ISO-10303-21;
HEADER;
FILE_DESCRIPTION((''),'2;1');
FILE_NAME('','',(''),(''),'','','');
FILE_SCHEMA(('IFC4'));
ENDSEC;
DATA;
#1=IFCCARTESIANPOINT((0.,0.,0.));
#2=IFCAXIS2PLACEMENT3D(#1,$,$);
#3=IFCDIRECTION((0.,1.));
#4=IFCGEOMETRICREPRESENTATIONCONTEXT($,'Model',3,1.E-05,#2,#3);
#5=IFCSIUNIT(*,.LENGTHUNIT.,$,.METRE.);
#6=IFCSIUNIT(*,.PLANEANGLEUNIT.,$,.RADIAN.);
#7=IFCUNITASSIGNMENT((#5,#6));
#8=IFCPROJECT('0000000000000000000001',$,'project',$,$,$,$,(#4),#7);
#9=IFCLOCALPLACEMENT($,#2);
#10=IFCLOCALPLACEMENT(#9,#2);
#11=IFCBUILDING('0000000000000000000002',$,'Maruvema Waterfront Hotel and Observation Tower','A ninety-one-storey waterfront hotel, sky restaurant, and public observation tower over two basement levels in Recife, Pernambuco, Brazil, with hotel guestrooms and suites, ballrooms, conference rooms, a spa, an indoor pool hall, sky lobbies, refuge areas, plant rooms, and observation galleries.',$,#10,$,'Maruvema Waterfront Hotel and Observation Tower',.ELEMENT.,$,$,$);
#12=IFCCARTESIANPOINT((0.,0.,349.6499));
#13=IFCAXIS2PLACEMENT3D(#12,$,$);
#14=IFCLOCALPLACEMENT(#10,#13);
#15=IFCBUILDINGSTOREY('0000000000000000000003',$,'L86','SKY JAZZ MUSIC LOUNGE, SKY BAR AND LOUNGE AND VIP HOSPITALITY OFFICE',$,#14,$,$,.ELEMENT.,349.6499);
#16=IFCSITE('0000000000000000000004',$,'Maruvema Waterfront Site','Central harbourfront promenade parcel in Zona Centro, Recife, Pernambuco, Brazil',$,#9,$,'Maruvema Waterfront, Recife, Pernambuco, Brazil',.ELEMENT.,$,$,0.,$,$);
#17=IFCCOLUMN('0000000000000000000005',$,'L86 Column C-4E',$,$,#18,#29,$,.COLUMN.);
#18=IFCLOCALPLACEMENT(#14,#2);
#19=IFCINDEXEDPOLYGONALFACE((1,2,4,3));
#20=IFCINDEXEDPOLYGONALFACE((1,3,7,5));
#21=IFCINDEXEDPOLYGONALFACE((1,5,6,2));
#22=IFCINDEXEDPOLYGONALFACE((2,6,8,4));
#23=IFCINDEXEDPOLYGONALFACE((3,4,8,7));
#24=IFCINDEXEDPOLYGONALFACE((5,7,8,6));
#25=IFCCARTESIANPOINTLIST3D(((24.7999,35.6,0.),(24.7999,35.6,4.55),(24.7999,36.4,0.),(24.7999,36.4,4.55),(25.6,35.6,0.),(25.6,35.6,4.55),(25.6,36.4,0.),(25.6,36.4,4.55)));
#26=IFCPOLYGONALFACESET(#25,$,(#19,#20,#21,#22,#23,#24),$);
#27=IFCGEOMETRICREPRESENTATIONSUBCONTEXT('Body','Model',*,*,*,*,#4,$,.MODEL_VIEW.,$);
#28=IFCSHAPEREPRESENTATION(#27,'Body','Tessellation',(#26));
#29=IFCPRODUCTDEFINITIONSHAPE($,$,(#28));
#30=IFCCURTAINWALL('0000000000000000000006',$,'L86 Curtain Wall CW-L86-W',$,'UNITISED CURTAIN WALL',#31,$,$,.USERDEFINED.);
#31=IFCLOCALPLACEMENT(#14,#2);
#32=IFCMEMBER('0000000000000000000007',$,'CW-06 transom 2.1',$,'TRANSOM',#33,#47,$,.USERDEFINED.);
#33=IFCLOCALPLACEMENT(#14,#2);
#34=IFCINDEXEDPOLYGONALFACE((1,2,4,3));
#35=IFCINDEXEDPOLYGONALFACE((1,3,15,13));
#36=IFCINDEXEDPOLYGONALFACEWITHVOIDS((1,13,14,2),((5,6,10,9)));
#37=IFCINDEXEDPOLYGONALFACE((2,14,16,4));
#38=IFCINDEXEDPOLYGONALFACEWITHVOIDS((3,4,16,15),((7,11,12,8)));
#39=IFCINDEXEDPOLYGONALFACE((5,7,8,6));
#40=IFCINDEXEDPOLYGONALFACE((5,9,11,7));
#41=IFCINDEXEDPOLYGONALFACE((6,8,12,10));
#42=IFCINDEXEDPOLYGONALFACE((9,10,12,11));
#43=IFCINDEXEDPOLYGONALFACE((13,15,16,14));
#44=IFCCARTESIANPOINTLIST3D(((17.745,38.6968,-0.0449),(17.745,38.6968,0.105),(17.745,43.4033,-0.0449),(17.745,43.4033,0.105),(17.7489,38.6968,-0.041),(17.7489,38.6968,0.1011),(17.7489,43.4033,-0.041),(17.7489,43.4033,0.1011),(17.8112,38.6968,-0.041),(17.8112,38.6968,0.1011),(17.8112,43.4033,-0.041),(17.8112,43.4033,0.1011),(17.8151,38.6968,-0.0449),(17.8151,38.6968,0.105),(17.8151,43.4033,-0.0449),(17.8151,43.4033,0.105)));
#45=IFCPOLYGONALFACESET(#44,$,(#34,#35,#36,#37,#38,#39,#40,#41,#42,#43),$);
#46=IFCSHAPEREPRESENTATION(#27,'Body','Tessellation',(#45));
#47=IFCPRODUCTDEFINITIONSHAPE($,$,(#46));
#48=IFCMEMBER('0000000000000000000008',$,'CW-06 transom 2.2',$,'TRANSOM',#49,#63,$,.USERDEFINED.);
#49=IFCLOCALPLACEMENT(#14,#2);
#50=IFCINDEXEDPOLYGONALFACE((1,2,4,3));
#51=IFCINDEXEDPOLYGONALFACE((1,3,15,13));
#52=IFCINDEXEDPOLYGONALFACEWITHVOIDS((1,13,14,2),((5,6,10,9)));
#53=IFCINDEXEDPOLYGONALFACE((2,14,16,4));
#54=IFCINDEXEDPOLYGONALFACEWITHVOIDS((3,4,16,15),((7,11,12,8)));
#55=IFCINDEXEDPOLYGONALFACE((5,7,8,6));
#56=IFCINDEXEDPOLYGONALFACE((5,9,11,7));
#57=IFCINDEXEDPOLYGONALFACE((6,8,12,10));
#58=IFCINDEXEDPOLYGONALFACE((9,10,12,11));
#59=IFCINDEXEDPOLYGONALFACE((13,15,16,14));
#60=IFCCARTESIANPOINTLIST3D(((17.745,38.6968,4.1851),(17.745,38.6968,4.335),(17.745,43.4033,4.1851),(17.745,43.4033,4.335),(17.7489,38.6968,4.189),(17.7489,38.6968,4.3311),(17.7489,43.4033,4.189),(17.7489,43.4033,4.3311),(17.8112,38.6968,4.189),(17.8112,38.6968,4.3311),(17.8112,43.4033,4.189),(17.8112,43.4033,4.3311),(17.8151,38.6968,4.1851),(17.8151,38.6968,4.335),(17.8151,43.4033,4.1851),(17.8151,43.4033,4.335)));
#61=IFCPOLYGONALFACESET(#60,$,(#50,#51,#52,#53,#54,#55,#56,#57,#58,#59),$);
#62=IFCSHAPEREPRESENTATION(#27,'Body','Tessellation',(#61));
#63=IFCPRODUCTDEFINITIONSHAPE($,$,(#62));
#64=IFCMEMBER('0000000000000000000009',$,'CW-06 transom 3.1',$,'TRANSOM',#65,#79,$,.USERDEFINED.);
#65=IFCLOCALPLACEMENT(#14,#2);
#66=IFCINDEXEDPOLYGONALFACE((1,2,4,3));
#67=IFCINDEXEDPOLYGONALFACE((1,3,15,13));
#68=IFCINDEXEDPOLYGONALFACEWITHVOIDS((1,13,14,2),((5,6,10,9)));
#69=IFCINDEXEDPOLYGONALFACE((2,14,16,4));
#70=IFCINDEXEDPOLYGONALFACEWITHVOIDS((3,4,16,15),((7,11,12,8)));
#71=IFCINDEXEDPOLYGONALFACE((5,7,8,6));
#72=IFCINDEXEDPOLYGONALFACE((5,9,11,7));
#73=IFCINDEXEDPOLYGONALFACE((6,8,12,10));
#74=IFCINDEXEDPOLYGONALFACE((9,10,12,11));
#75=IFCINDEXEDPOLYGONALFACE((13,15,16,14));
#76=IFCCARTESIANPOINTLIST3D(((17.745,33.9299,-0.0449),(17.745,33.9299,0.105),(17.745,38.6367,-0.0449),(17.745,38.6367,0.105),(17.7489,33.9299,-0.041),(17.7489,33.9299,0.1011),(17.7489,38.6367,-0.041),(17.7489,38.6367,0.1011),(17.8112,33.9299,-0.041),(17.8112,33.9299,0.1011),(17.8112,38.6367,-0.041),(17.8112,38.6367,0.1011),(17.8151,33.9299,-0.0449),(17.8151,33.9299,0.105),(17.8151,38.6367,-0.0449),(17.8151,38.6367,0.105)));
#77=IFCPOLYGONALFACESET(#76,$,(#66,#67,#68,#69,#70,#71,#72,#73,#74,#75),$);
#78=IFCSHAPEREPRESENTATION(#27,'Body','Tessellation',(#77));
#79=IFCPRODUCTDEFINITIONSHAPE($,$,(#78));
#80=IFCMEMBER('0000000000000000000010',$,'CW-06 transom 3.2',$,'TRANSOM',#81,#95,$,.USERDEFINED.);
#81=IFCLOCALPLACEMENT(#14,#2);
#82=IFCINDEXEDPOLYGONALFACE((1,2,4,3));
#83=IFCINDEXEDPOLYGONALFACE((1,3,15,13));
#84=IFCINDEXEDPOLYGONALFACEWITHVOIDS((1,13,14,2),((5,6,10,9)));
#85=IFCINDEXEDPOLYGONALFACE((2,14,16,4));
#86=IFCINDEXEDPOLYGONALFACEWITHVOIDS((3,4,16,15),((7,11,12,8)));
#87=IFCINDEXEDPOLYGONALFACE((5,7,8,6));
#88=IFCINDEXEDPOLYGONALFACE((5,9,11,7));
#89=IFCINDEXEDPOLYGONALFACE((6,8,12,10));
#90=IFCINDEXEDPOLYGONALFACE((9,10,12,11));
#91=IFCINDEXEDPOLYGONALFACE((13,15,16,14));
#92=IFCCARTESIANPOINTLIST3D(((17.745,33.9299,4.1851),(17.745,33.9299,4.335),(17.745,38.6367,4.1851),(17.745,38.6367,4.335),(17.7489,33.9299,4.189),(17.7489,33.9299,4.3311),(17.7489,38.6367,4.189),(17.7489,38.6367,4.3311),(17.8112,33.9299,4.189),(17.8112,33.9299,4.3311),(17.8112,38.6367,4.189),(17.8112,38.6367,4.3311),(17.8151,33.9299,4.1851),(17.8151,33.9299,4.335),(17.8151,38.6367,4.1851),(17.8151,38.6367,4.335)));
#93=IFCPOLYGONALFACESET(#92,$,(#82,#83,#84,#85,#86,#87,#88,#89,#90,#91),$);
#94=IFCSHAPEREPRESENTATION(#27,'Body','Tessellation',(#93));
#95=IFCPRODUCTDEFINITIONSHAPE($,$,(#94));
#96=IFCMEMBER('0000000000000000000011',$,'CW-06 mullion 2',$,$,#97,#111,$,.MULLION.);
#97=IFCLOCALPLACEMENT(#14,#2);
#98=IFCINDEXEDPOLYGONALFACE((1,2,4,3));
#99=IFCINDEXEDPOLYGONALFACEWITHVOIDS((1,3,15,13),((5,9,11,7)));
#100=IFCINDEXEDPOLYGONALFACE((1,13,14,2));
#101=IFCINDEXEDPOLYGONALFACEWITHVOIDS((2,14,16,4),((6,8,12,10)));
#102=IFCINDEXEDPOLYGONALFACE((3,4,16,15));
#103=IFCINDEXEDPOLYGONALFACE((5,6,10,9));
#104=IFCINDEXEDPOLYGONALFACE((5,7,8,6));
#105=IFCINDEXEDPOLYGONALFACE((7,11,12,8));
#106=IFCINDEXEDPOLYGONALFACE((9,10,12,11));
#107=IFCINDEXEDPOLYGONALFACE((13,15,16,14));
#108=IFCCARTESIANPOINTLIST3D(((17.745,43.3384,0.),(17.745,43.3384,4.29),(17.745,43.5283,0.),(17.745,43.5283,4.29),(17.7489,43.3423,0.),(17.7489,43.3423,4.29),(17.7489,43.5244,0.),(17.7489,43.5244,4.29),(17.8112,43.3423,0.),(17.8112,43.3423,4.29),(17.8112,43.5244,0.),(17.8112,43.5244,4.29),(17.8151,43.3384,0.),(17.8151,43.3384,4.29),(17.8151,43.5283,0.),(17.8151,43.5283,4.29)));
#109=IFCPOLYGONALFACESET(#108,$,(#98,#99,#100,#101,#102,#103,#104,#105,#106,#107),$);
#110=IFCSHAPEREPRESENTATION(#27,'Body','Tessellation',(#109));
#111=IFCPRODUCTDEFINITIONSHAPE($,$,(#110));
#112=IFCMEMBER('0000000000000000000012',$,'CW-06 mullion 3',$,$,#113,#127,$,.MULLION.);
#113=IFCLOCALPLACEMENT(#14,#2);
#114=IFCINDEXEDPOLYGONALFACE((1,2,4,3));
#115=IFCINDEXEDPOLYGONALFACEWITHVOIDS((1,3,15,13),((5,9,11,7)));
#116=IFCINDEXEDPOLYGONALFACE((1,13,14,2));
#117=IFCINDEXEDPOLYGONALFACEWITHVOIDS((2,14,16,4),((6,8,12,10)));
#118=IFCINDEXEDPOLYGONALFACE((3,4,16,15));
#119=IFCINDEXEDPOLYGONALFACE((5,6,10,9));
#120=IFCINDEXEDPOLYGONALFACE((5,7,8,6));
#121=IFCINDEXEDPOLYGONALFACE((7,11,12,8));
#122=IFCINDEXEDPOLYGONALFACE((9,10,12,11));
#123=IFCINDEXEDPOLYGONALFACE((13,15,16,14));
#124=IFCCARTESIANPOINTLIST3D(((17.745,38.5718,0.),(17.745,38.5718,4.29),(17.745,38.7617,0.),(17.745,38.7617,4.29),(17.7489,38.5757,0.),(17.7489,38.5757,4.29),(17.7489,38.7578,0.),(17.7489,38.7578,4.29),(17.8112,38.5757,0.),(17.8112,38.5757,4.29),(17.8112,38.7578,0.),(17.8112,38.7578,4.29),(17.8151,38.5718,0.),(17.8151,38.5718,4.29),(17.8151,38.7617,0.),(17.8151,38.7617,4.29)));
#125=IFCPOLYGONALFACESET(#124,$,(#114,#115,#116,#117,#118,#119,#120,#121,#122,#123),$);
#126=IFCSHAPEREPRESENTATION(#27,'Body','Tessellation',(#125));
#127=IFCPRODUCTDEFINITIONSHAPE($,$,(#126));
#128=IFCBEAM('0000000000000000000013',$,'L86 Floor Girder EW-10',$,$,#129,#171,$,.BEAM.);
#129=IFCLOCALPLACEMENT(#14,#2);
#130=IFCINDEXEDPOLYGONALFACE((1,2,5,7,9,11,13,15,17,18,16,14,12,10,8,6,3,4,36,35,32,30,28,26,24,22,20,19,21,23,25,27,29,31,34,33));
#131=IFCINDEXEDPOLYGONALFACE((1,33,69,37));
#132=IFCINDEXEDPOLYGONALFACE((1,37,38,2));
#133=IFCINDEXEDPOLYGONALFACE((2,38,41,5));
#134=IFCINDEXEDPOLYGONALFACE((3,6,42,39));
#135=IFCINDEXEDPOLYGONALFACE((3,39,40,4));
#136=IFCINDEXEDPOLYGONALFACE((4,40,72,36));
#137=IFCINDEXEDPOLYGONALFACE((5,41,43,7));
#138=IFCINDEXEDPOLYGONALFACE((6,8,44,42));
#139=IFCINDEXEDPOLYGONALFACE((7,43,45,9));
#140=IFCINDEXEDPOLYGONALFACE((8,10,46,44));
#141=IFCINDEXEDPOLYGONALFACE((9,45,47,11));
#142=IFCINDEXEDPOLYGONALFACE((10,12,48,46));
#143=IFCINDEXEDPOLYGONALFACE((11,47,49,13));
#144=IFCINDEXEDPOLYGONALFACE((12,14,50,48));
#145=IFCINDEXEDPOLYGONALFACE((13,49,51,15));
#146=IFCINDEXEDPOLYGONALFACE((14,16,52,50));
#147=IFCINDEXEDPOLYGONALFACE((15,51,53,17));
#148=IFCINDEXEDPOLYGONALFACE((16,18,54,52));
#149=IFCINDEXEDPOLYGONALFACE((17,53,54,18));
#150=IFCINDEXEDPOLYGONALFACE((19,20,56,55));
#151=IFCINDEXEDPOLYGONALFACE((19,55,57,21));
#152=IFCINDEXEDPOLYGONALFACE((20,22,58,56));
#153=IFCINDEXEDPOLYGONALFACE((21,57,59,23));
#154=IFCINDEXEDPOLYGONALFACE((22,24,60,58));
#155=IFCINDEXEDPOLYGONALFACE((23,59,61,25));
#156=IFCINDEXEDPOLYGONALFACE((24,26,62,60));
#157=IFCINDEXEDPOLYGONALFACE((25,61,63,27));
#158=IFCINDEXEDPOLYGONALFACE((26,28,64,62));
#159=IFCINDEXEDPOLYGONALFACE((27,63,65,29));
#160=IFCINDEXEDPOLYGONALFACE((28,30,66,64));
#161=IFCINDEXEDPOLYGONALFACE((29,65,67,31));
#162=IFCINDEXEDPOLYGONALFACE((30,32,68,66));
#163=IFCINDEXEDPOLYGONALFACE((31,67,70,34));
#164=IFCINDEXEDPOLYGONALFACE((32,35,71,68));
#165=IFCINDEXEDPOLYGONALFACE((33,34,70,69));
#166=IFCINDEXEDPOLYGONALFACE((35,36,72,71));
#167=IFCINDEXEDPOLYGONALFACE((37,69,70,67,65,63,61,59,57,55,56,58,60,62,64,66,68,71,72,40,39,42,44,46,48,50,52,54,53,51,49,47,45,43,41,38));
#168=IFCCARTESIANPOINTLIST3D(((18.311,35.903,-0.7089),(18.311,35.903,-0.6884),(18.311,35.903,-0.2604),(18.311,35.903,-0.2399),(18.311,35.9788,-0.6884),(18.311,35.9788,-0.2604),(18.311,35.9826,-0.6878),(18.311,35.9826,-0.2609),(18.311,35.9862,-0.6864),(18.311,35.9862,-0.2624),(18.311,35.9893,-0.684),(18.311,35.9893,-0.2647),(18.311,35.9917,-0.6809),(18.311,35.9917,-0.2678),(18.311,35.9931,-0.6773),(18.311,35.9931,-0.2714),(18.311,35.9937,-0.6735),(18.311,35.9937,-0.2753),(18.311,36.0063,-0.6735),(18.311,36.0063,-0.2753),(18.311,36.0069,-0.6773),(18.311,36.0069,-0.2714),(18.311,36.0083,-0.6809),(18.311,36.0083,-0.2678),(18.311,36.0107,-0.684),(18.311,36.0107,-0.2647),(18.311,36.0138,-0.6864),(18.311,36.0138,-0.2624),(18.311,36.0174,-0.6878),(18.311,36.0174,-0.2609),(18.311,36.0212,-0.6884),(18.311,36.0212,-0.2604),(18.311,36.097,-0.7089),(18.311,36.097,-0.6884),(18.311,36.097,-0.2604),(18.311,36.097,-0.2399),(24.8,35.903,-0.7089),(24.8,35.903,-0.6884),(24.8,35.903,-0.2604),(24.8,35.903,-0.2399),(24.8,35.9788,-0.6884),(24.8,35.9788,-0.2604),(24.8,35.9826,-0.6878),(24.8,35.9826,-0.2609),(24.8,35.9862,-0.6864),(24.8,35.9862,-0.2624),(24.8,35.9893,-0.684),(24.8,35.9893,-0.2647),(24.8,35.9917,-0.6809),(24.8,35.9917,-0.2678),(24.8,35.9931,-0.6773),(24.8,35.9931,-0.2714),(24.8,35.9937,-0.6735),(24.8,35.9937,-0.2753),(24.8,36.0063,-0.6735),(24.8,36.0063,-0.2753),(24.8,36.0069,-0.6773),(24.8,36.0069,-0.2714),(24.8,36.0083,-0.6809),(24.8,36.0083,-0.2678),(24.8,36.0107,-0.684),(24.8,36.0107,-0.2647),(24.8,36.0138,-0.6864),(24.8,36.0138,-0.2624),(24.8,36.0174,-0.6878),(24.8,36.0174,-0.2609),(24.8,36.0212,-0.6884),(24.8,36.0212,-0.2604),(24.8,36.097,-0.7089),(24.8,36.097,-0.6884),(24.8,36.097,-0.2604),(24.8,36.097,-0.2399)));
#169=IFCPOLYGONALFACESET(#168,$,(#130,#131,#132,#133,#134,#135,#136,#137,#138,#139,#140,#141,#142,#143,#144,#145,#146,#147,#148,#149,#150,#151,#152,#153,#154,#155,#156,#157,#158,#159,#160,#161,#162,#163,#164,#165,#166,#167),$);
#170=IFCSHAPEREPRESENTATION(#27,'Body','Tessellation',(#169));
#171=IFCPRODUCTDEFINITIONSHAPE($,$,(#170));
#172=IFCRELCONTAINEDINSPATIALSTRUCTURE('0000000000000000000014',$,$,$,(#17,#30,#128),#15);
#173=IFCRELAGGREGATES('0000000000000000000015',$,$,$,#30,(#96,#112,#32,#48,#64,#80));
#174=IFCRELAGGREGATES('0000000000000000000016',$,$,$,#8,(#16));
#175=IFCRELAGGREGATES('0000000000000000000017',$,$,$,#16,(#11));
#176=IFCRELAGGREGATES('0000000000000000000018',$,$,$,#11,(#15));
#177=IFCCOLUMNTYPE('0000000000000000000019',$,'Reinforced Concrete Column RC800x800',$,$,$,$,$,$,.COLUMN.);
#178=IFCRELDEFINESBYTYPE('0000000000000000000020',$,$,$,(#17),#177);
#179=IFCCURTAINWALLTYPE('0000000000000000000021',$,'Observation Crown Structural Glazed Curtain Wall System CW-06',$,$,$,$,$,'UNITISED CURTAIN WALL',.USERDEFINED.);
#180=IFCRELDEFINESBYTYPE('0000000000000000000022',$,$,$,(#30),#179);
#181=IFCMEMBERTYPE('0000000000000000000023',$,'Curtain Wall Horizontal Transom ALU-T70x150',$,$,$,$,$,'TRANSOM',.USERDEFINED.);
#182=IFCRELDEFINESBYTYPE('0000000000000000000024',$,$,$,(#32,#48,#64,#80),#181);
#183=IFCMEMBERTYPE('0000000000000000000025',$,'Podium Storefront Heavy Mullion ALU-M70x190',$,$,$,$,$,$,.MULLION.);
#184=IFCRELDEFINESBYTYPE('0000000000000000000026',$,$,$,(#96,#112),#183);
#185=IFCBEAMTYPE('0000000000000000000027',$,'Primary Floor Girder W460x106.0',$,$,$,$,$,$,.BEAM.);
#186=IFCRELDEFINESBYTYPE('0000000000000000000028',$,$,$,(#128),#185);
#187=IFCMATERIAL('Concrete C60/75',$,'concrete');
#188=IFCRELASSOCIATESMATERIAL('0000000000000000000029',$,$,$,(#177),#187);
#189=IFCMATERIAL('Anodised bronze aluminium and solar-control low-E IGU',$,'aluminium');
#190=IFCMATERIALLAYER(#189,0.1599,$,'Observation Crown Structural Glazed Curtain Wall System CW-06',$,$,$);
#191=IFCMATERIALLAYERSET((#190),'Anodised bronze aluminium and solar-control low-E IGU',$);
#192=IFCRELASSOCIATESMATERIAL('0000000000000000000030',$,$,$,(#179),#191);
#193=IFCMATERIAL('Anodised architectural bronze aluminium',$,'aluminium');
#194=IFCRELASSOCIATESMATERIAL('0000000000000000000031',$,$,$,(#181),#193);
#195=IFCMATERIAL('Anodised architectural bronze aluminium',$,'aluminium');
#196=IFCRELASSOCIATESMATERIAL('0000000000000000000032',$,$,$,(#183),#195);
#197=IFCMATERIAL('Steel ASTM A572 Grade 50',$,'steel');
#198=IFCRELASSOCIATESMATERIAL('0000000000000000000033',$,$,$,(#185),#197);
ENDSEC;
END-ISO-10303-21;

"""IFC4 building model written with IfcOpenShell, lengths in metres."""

from ifc_helpers import new_model, si_unit, direction, frame, origin, origin_2d, place, context, subcontext, project, spatial, rectangle, hollow_rectangle, i_section, extrude, material, layer, layer_set, material_profile, profile_set, type_object, element, aggregate, save


model = new_model("IFC4")

# Units and contexts
model_context = context("Model", 3, precision=1e-05, world=origin(), true_north=direction((0.0, 1.0)))
body_context = subcontext(model_context, "Body", "Model", "MODEL_VIEW")
ifc_project = project(units=[si_unit("LENGTHUNIT", "METRE"), si_unit("PLANEANGLEUNIT", "RADIAN")], contexts=[model_context])

# Site, building, storey
site_placement = place(None, origin())
site = spatial("IfcSite", under=ifc_project, at=site_placement, Name="Maruvema Waterfront Site", Description="Central harbourfront promenade parcel in Zona Centro, Recife, Pernambuco, Brazil", LongName="Maruvema Waterfront, Recife, Pernambuco, Brazil", CompositionType="ELEMENT", RefElevation=0.0)
building_placement = place(site_placement, origin())
building = spatial("IfcBuilding", under=site, at=building_placement, Name="Maruvema Waterfront Hotel and Observation Tower", Description="A ninety-one-storey waterfront hotel, sky restaurant, and public observation tower over two basement levels in Recife, Pernambuco, Brazil, with hotel guestrooms and suites, ballrooms, conference rooms, a spa, an indoor pool hall, sky lobbies, refuge areas, plant rooms, and observation galleries.", LongName="Maruvema Waterfront Hotel and Observation Tower", CompositionType="ELEMENT")
storey_placement = place(building_placement, frame((0.0, 0.0, 349.6499)))
storey = spatial("IfcBuildingStorey", under=building, at=storey_placement, Name="L86", Description="SKY JAZZ MUSIC LOUNGE, SKY BAR AND LOUNGE AND VIP HOSPITALITY OFFICE", CompositionType="ELEMENT", Elevation=349.6499)

# Column
ifc_material_1 = material(Name="Concrete C60/75", Category="concrete")
ifc_material_profile_1 = material_profile(ifc_material_1, rectangle(XDim=0.8, YDim=0.8, at=origin_2d()), Name="RC800x800")
ifc_profile_set_1 = profile_set([ifc_material_profile_1], Name="Concrete C60/75")
column_type = type_object("IfcColumnType", Name="Reinforced Concrete Column RC800x800", PredefinedType="COLUMN", material=ifc_profile_set_1)
column_placement = place(storey_placement, frame((25.2, 36.0, 0.0), z_axis=(0.0, 0.0, 1.0), x_axis=(1.0, 0.0, 0.0)))
element("IfcColumn", 1, at=column_placement, inside=storey, type_object=column_type, Name="L86 Column C-4E", PredefinedType="COLUMN", context=body_context, shape_type="SweptSolid", body=[
    extrude(rectangle(XDim=0.8, YDim=0.8, at=origin_2d()), origin(), (0.0, 0.0, 1.0), 4.55),
])

# Curtain wall, members
ifc_material_2 = material(Name="Anodised bronze aluminium and solar-control low-E IGU", Category="aluminium")
ifc_layer_1 = layer(ifc_material_2, 0.1599, Name="Observation Crown Structural Glazed Curtain Wall System CW-06")
ifc_layer_set_1 = layer_set([ifc_layer_1], Name="Anodised bronze aluminium and solar-control low-E IGU")
curtain_wall_type = type_object("IfcCurtainWallType", Name="Observation Crown Structural Glazed Curtain Wall System CW-06", ElementType="UNITISED CURTAIN WALL", PredefinedType="USERDEFINED", material=ifc_layer_set_1)
curtain_wall_placement = place(storey_placement, origin())
curtain_wall = element("IfcCurtainWall", 2, at=curtain_wall_placement, inside=storey, type_object=curtain_wall_type, Name="L86 Curtain Wall CW-L86-W", ObjectType="UNITISED CURTAIN WALL", PredefinedType="USERDEFINED")
ifc_material_3 = material(Name="Anodised architectural bronze aluminium", Category="aluminium")
ifc_material_profile_2 = material_profile(ifc_material_3, hollow_rectangle(XDim=0.0701, YDim=0.1499, WallThickness=0.0039, at=origin_2d()), Name="ALU-T70x150")
ifc_profile_set_2 = profile_set([ifc_material_profile_2], Name="Anodised architectural bronze aluminium")
member_type_1 = type_object("IfcMemberType", Name="Curtain Wall Horizontal Transom ALU-T70x150", ElementType="TRANSOM", PredefinedType="USERDEFINED", material=ifc_profile_set_2)
member_1_placement = place(storey_placement, frame((17.78, 43.4033, 0.03), z_axis=(0.0, -1.0, 0.0), x_axis=(1.0, 0.0, 0.0)))
member_1 = element("IfcMember", 3, at=member_1_placement, type_object=member_type_1, Name="CW-06 transom 2.1", ObjectType="TRANSOM", PredefinedType="USERDEFINED", context=body_context, shape_type="SweptSolid", body=[
    extrude(hollow_rectangle(XDim=0.0701, YDim=0.1499, WallThickness=0.0039, at=origin_2d()), origin(), (0.0, 0.0, 1.0), 4.7065),
])
member_2_placement = place(storey_placement, frame((17.78, 43.4033, 4.26), z_axis=(0.0, -1.0, 0.0), x_axis=(1.0, 0.0, 0.0)))
member_2 = element("IfcMember", 4, at=member_2_placement, type_object=member_type_1, Name="CW-06 transom 2.2", ObjectType="TRANSOM", PredefinedType="USERDEFINED", context=body_context, shape_type="SweptSolid", body=[
    extrude(hollow_rectangle(XDim=0.0701, YDim=0.1499, WallThickness=0.0039, at=origin_2d()), origin(), (0.0, 0.0, 1.0), 4.7065),
])
member_3_placement = place(storey_placement, frame((17.78, 38.6367, 0.03), z_axis=(0.0, -1.0, 0.0), x_axis=(1.0, 0.0, 0.0)))
member_3 = element("IfcMember", 5, at=member_3_placement, type_object=member_type_1, Name="CW-06 transom 3.1", ObjectType="TRANSOM", PredefinedType="USERDEFINED", context=body_context, shape_type="SweptSolid", body=[
    extrude(hollow_rectangle(XDim=0.0701, YDim=0.1499, WallThickness=0.0039, at=origin_2d()), origin(), (0.0, 0.0, 1.0), 4.7068),
])
member_4_placement = place(storey_placement, frame((17.78, 38.6367, 4.26), z_axis=(0.0, -1.0, 0.0), x_axis=(1.0, 0.0, 0.0)))
member_4 = element("IfcMember", 6, at=member_4_placement, type_object=member_type_1, Name="CW-06 transom 3.2", ObjectType="TRANSOM", PredefinedType="USERDEFINED", context=body_context, shape_type="SweptSolid", body=[
    extrude(hollow_rectangle(XDim=0.0701, YDim=0.1499, WallThickness=0.0039, at=origin_2d()), origin(), (0.0, 0.0, 1.0), 4.7068),
])
ifc_material_4 = material(Name="Anodised architectural bronze aluminium", Category="aluminium")
ifc_material_profile_3 = material_profile(ifc_material_4, hollow_rectangle(XDim=0.0701, YDim=0.1899, WallThickness=0.0039, at=origin_2d()), Name="ALU-M70x190")
ifc_profile_set_3 = profile_set([ifc_material_profile_3], Name="Anodised architectural bronze aluminium")
member_type_2 = type_object("IfcMemberType", Name="Podium Storefront Heavy Mullion ALU-M70x190", PredefinedType="MULLION", material=ifc_profile_set_3)
member_5_placement = place(storey_placement, frame((17.78, 43.4333, 0.0), z_axis=(0.0, 0.0, 1.0), x_axis=(1.0, 0.0, 0.0)))
member_5 = element("IfcMember", 7, at=member_5_placement, type_object=member_type_2, Name="CW-06 mullion 2", PredefinedType="MULLION", context=body_context, shape_type="SweptSolid", body=[
    extrude(hollow_rectangle(XDim=0.0701, YDim=0.1899, WallThickness=0.0039, at=origin_2d()), origin(), (0.0, 0.0, 1.0), 4.29),
])
member_6_placement = place(storey_placement, frame((17.78, 38.6667, 0.0), z_axis=(0.0, 0.0, 1.0), x_axis=(1.0, 0.0, 0.0)))
member_6 = element("IfcMember", 8, at=member_6_placement, type_object=member_type_2, Name="CW-06 mullion 3", PredefinedType="MULLION", context=body_context, shape_type="SweptSolid", body=[
    extrude(hollow_rectangle(XDim=0.0701, YDim=0.1899, WallThickness=0.0039, at=origin_2d()), origin(), (0.0, 0.0, 1.0), 4.29),
])

# Beam
ifc_material_5 = material(Name="Steel ASTM A572 Grade 50", Category="steel")
ifc_material_profile_4 = material_profile(ifc_material_5, i_section(OverallWidth=0.1941, OverallDepth=0.469, WebThickness=0.0127, FlangeThickness=0.0205, FilletRadius=0.0149, at=origin_2d()), Name="W460x106.0")
ifc_profile_set_4 = profile_set([ifc_material_profile_4], Name="Steel ASTM A572 Grade 50")
beam_type_1 = type_object("IfcBeamType", Name="Primary Floor Girder W460x106.0", PredefinedType="BEAM", material=ifc_profile_set_4)
beam_1_placement = place(storey_placement, frame((18.311, 36.0, -0.4744), z_axis=(1.0, 0.0, 0.0), x_axis=(0.0, 1.0, 0.0)))
element("IfcBeam", 9, at=beam_1_placement, inside=storey, type_object=beam_type_1, Name="L86 Floor Girder EW-10", PredefinedType="BEAM", context=body_context, shape_type="SweptSolid", body=[
    extrude(i_section(OverallWidth=0.1941, OverallDepth=0.469, WebThickness=0.0127, FlangeThickness=0.0205, FilletRadius=0.0149, at=origin_2d()), origin(), (0.0, 0.0, 1.0), 6.489),
])

aggregate(curtain_wall, [member_5, member_6, member_1, member_2, member_3, member_4])

save(model, "model.ifc")
